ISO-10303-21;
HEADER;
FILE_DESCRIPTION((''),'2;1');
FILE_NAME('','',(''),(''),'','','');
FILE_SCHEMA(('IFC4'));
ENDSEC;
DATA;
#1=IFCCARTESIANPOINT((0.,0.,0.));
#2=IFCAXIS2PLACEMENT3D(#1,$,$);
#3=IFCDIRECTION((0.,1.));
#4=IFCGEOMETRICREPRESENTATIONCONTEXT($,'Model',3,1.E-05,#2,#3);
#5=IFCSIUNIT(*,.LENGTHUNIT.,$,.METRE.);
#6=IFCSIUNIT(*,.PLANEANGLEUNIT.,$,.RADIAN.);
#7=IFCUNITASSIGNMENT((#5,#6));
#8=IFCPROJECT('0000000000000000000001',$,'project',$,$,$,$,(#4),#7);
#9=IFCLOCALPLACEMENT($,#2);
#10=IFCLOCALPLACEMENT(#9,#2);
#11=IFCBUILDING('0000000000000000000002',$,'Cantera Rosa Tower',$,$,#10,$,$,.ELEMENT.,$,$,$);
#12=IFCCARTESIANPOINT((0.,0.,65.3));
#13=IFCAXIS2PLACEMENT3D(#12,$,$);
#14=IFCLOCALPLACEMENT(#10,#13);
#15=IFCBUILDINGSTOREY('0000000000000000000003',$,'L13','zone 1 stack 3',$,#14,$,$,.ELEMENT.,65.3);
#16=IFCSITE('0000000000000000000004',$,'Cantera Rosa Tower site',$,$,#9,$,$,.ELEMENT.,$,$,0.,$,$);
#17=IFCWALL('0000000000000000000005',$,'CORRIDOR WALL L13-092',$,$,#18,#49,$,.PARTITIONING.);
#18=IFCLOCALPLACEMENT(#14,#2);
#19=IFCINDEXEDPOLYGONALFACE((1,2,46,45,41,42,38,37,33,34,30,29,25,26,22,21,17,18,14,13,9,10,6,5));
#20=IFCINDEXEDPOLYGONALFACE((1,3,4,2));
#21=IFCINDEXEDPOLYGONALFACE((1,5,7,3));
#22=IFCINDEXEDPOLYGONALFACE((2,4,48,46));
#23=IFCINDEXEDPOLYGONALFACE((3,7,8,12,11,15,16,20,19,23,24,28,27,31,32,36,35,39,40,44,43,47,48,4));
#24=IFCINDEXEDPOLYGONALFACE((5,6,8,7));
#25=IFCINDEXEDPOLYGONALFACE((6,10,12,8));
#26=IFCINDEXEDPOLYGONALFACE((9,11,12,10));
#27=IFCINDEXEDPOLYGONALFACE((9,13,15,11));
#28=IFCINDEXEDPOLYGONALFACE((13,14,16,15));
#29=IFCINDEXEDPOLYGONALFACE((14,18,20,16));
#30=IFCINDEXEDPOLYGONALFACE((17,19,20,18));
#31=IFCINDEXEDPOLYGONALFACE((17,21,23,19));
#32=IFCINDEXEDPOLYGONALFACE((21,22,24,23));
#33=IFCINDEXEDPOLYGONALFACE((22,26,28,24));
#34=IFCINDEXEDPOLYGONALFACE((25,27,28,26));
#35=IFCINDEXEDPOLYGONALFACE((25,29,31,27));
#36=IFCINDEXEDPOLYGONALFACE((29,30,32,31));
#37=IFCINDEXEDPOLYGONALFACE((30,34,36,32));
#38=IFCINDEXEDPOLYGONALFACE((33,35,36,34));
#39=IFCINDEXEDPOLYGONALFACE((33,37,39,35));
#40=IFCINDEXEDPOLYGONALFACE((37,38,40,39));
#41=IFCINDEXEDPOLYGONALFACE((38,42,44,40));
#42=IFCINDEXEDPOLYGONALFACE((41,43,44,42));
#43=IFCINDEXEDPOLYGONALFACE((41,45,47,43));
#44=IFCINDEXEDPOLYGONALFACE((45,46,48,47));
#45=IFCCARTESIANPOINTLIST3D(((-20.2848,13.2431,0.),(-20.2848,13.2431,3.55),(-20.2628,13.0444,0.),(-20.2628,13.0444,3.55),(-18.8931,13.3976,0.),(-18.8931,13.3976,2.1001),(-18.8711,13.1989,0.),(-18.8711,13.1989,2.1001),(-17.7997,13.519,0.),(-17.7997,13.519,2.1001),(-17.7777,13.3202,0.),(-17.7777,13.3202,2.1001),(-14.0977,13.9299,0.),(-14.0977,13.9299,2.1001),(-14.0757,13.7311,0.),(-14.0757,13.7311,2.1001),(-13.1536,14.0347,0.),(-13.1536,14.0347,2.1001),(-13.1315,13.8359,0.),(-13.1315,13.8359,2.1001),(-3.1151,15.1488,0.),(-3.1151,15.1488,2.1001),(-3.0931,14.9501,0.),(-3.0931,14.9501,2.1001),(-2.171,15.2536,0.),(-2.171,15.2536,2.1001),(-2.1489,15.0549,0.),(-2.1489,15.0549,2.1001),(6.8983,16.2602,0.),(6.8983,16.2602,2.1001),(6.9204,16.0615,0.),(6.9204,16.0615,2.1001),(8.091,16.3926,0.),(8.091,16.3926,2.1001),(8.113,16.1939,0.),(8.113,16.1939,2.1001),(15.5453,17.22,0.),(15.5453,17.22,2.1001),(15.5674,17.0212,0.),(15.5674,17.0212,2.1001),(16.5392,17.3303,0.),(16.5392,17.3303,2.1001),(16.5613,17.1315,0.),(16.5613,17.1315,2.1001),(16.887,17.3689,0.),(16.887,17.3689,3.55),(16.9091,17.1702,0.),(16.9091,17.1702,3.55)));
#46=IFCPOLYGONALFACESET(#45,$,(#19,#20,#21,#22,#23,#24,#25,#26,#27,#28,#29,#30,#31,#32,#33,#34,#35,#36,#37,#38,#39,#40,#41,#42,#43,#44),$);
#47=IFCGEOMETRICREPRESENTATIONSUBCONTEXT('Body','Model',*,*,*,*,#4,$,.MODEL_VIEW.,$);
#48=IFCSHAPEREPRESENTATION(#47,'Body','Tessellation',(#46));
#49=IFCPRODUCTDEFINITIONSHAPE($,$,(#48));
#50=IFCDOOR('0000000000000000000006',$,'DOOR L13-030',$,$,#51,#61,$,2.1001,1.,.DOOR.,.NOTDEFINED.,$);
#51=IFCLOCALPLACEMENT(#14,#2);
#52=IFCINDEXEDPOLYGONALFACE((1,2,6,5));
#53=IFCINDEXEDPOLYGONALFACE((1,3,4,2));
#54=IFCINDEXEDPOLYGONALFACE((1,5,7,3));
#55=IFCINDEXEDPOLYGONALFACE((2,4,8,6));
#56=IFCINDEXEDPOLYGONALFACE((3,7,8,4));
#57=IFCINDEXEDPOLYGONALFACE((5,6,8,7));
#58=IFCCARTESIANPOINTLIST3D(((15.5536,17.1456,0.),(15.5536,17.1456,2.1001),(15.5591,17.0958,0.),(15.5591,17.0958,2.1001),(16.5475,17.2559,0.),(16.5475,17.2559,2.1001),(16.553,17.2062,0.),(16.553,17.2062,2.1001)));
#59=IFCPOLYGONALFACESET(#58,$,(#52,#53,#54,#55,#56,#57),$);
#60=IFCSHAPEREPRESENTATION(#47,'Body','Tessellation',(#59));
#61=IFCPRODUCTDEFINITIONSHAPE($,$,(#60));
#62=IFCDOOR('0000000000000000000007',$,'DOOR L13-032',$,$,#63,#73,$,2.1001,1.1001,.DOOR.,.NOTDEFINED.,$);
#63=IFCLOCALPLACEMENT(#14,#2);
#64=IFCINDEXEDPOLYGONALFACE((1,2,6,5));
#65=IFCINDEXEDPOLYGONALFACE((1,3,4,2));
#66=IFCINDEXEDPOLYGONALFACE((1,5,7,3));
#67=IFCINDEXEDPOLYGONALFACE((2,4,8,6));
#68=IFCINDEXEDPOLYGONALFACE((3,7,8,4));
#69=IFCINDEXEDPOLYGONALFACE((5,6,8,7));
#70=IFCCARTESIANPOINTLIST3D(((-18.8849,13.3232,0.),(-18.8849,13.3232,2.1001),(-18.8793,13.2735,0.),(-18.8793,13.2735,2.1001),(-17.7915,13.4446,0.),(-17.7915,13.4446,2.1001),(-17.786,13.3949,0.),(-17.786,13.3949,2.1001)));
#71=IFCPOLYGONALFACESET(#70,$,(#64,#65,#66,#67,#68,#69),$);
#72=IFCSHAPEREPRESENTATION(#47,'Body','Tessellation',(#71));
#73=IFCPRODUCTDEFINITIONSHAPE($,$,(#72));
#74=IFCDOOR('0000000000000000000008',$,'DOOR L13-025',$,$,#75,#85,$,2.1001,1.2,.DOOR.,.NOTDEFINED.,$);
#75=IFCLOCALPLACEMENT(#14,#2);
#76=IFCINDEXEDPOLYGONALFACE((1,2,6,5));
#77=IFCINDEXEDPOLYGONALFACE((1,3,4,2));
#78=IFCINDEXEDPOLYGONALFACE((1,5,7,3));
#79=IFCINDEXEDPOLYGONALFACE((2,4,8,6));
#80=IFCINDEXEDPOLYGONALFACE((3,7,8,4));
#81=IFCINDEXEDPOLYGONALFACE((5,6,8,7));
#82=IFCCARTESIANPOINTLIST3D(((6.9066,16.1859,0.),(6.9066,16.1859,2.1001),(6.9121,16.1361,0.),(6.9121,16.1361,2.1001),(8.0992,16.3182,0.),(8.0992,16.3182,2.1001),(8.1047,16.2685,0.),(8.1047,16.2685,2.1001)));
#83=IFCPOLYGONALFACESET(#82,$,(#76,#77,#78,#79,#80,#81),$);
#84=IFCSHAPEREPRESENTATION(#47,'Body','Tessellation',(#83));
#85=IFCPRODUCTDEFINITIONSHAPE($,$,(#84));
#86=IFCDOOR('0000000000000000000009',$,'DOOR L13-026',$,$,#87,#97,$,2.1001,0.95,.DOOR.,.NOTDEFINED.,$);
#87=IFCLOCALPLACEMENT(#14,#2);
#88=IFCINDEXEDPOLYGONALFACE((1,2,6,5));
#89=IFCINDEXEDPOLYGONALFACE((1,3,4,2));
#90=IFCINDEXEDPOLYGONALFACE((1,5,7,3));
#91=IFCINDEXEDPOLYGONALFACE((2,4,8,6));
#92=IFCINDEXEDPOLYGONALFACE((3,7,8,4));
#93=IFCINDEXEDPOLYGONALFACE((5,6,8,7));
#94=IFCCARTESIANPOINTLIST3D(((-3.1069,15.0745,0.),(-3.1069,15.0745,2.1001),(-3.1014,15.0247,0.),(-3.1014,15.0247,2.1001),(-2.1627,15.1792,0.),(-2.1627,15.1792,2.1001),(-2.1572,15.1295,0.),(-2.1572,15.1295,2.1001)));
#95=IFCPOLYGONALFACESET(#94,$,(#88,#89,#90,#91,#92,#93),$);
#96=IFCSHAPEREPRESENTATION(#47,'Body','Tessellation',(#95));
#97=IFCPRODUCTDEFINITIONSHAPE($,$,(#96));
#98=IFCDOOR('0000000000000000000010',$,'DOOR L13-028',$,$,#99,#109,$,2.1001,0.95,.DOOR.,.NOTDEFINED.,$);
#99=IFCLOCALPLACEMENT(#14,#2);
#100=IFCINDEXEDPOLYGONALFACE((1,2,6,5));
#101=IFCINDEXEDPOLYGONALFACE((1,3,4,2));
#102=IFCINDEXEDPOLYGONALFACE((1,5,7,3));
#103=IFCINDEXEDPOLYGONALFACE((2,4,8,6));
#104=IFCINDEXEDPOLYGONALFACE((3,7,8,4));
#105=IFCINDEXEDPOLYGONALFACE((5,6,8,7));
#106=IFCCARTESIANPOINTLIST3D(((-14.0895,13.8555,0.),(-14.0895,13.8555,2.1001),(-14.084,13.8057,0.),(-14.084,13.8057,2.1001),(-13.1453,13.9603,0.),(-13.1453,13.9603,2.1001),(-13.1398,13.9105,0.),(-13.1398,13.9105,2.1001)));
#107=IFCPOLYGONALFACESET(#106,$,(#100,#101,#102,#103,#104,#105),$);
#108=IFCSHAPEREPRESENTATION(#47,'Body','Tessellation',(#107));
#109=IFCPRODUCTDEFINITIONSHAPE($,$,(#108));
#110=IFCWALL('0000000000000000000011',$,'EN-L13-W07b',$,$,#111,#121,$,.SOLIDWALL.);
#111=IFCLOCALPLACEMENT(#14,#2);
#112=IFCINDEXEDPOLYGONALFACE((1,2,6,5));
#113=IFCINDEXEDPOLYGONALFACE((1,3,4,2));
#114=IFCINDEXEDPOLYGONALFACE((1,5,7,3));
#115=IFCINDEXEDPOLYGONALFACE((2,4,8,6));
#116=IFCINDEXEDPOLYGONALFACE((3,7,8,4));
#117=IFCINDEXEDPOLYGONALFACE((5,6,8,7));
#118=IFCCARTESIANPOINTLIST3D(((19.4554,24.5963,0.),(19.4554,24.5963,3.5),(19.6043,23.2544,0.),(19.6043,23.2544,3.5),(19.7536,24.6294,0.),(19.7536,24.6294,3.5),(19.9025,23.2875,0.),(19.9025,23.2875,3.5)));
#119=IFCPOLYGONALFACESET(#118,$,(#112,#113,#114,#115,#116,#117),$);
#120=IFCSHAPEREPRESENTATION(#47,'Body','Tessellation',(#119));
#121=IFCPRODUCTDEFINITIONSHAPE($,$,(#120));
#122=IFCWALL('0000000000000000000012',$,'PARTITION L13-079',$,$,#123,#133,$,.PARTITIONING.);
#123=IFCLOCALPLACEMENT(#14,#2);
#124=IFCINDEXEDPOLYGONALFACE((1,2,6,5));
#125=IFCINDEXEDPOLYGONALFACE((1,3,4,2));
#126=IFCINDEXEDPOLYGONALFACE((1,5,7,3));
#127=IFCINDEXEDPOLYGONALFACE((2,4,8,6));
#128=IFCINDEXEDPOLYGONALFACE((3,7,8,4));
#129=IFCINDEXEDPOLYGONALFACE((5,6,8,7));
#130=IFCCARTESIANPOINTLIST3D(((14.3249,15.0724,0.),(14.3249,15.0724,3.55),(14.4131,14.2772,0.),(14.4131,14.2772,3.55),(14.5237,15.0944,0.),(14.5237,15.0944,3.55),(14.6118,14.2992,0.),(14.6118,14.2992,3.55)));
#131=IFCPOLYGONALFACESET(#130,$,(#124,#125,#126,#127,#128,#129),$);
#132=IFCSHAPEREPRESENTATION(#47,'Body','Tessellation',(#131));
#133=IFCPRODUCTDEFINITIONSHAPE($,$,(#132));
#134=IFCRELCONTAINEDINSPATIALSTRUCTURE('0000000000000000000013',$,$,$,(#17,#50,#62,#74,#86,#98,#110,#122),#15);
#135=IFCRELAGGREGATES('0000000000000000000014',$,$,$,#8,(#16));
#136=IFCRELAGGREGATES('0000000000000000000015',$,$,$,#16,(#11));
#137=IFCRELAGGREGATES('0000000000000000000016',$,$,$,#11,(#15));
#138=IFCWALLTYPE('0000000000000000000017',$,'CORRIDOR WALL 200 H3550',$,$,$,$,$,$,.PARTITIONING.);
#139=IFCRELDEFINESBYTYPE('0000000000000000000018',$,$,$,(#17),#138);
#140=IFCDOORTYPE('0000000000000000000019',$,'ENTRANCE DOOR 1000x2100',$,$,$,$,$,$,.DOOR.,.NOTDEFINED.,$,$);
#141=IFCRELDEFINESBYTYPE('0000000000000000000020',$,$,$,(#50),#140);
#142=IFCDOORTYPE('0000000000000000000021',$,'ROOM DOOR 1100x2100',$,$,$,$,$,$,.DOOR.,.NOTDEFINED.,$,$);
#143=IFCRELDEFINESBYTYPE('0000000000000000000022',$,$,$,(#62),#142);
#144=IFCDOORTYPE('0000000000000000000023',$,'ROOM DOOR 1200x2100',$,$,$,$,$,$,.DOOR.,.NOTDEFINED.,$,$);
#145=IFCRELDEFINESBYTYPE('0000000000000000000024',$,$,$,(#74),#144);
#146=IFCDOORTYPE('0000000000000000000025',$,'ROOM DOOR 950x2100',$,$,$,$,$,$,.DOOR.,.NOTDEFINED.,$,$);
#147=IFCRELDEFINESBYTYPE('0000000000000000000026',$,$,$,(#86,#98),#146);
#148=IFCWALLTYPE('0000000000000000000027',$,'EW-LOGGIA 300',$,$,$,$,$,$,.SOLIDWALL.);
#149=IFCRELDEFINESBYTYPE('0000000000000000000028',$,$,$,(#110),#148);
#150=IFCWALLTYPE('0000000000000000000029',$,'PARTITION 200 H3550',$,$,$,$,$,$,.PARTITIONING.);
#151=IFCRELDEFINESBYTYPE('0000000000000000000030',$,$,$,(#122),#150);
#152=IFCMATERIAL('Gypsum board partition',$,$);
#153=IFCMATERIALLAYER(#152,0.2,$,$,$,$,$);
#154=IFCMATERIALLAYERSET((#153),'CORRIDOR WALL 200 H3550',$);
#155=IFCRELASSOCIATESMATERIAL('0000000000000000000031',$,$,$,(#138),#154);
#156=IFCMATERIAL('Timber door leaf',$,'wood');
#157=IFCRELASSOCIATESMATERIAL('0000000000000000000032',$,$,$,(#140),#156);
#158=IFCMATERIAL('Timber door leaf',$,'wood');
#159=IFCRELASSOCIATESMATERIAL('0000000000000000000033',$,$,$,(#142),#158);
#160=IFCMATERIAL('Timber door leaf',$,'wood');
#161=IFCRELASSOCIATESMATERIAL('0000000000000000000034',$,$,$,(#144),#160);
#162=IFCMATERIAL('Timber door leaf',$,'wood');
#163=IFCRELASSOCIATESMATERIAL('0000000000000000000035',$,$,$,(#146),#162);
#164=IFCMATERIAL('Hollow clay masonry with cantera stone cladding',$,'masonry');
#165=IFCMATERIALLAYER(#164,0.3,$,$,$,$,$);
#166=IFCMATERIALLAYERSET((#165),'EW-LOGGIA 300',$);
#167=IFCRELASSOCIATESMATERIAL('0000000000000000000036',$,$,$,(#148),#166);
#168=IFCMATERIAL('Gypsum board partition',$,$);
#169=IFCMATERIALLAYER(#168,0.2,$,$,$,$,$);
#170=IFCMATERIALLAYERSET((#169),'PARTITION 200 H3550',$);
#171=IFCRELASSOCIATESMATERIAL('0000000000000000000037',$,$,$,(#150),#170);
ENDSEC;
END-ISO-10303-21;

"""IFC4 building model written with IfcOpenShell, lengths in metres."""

from ifc_helpers import new_model, si_unit, direction, frame, frame_2d, origin, place, context, subcontext, project, spatial, rectangle, extrude, material, layer, layer_set, type_object, element, fill, save


model = new_model("IFC4")

# Units and contexts
model_context = context("Model", 3, precision=1e-05, world=origin(), true_north=direction((0.0, 1.0)))
body_context = subcontext(model_context, "Body", "Model", "MODEL_VIEW")
ifc_project = project(units=[si_unit("LENGTHUNIT", "METRE"), si_unit("PLANEANGLEUNIT", "RADIAN")], contexts=[model_context])

# Site, building, storey
site_placement = place(None, origin())
site = spatial("IfcSite", under=ifc_project, at=site_placement, Name="Cantera Rosa Tower site", CompositionType="ELEMENT", RefElevation=0.0)
building_placement = place(site_placement, origin())
building = spatial("IfcBuilding", under=site, at=building_placement, Name="Cantera Rosa Tower", CompositionType="ELEMENT")
storey_placement = place(building_placement, frame((0.0, 0.0, 65.3)))
storey = spatial("IfcBuildingStorey", under=building, at=storey_placement, Name="L13", Description="zone 1 stack 3", CompositionType="ELEMENT", Elevation=65.3)

# Wall, openings, doors
ifc_material_1 = material(Name="Gypsum board partition")
ifc_layer_1 = layer(ifc_material_1, 0.2)
ifc_layer_set_1 = layer_set([ifc_layer_1], Name="CORRIDOR WALL 200 H3550")
wall_type_1 = type_object("IfcWallType", Name="CORRIDOR WALL 200 H3550", PredefinedType="PARTITIONING", material=ifc_layer_set_1)
wall_1_placement = place(storey_placement, frame((16.8982, 17.2695, 0.0), z_axis=(0.0, 0.0, 1.0), x_axis=(-0.993897, -0.110313, 0.0)))
wall_1 = element("IfcWall", 1, at=wall_1_placement, inside=storey, type_object=wall_type_1, Name="CORRIDOR WALL L13-092", PredefinedType="PARTITIONING", context=body_context, shape_type="SweptSolid", body=[
    extrude(rectangle(XDim=37.4001, YDim=0.2, at=frame_2d((18.7002, 0.0))), origin(), (0.0, 0.0, 1.0), 3.55),
])
opening_1_placement = place(wall_1_placement, frame((8.8501, 0.0, 0.0)))
opening_1 = element("IfcOpeningElement", 2, at=opening_1_placement, cuts=wall_1, PredefinedType="OPENING", context=body_context, shape_type="SweptSolid", body=[
    extrude(rectangle(XDim=1.2, YDim=2.1001, at=frame_2d((0.6001, 1.05))), frame((0.0, 0.1099, 0.0), z_axis=(0.0, -1.0, 0.0), x_axis=(1.0, 0.0, 0.0)), (0.0, 0.0, 1.0), 0.22),
])
opening_2_placement = place(wall_1_placement, frame((19.175, 0.0, 0.0)))
opening_2 = element("IfcOpeningElement", 3, at=opening_2_placement, cuts=wall_1, PredefinedType="OPENING", context=body_context, shape_type="SweptSolid", body=[
    extrude(rectangle(XDim=0.95, YDim=2.1001, at=frame_2d((0.4751, 1.05))), frame((0.0, 0.1099, 0.0), z_axis=(0.0, -1.0, 0.0), x_axis=(1.0, 0.0, 0.0)), (0.0, 0.0, 1.0), 0.22),
])
opening_3_placement = place(wall_1_placement, frame((30.2251, 0.0, 0.0)))
opening_3 = element("IfcOpeningElement", 4, at=opening_3_placement, cuts=wall_1, PredefinedType="OPENING", context=body_context, shape_type="SweptSolid", body=[
    extrude(rectangle(XDim=0.95, YDim=2.1001, at=frame_2d((0.4751, 1.05))), frame((0.0, 0.1099, 0.0), z_axis=(0.0, -1.0, 0.0), x_axis=(1.0, 0.0, 0.0)), (0.0, 0.0, 1.0), 0.22),
])
opening_4_placement = place(wall_1_placement, frame((0.3501, 0.0, 0.0)))
opening_4 = element("IfcOpeningElement", 5, at=opening_4_placement, cuts=wall_1, PredefinedType="OPENING", context=body_context, shape_type="SweptSolid", body=[
    extrude(rectangle(XDim=1.0, YDim=2.1001, at=frame_2d((0.5, 1.05))), frame((0.0, 0.1099, 0.0), z_axis=(0.0, -1.0, 0.0), x_axis=(1.0, 0.0, 0.0)), (0.0, 0.0, 1.0), 0.22),
])
opening_5_placement = place(wall_1_placement, frame((34.8999, 0.0, 0.0)))
opening_5 = element("IfcOpeningElement", 6, at=opening_5_placement, cuts=wall_1, PredefinedType="OPENING", context=body_context, shape_type="SweptSolid", body=[
    extrude(rectangle(XDim=1.1001, YDim=2.1001, at=frame_2d((0.55, 1.05))), frame((0.0, 0.1099, 0.0), z_axis=(0.0, -1.0, 0.0), x_axis=(1.0, 0.0, 0.0)), (0.0, 0.0, 1.0), 0.22),
])
ifc_material_2 = material(Name="Timber door leaf", Category="wood")
door_type_1 = type_object("IfcDoorType", Name="ENTRANCE DOOR 1000x2100", OperationType="NOTDEFINED", PredefinedType="DOOR", material=ifc_material_2)
door_1_placement = place(opening_4_placement, origin())
door_1 = element("IfcDoor", 7, at=door_1_placement, inside=storey, type_object=door_type_1, Name="DOOR L13-030", OperationType="NOTDEFINED", OverallHeight=2.1001, OverallWidth=1.0, PredefinedType="DOOR", context=body_context, shape_type="SweptSolid", body=[
    extrude(rectangle(XDim=1.0, YDim=2.1001, at=frame_2d((0.5, 1.05))), frame((0.0, 0.0249, 0.0), z_axis=(0.0, -1.0, 0.0), x_axis=(1.0, 0.0, 0.0)), (0.0, 0.0, 1.0), 0.05),
])
fill(opening_4, door_1)
ifc_material_3 = material(Name="Timber door leaf", Category="wood")
door_type_2 = type_object("IfcDoorType", Name="ROOM DOOR 1100x2100", OperationType="NOTDEFINED", PredefinedType="DOOR", material=ifc_material_3)
door_2_placement = place(opening_5_placement, origin())
door_2 = element("IfcDoor", 8, at=door_2_placement, inside=storey, type_object=door_type_2, Name="DOOR L13-032", OperationType="NOTDEFINED", OverallHeight=2.1001, OverallWidth=1.1001, PredefinedType="DOOR", context=body_context, shape_type="SweptSolid", body=[
    extrude(rectangle(XDim=1.1001, YDim=2.1001, at=frame_2d((0.55, 1.05))), frame((0.0, 0.0249, 0.0), z_axis=(0.0, -1.0, 0.0), x_axis=(1.0, 0.0, 0.0)), (0.0, 0.0, 1.0), 0.05),
])
fill(opening_5, door_2)
ifc_material_4 = material(Name="Timber door leaf", Category="wood")
door_type_3 = type_object("IfcDoorType", Name="ROOM DOOR 1200x2100", OperationType="NOTDEFINED", PredefinedType="DOOR", material=ifc_material_4)
door_3_placement = place(opening_1_placement, origin())
door_3 = element("IfcDoor", 9, at=door_3_placement, inside=storey, type_object=door_type_3, Name="DOOR L13-025", OperationType="NOTDEFINED", OverallHeight=2.1001, OverallWidth=1.2, PredefinedType="DOOR", context=body_context, shape_type="SweptSolid", body=[
    extrude(rectangle(XDim=1.2, YDim=2.1001, at=frame_2d((0.6001, 1.05))), frame((0.0, 0.0249, 0.0), z_axis=(0.0, -1.0, 0.0), x_axis=(1.0, 0.0, 0.0)), (0.0, 0.0, 1.0), 0.05),
])
fill(opening_1, door_3)
ifc_material_5 = material(Name="Timber door leaf", Category="wood")
door_type_4 = type_object("IfcDoorType", Name="ROOM DOOR 950x2100", OperationType="NOTDEFINED", PredefinedType="DOOR", material=ifc_material_5)
door_4_placement = place(opening_2_placement, origin())
door_4 = element("IfcDoor", 10, at=door_4_placement, inside=storey, type_object=door_type_4, Name="DOOR L13-026", OperationType="NOTDEFINED", OverallHeight=2.1001, OverallWidth=0.95, PredefinedType="DOOR", context=body_context, shape_type="SweptSolid", body=[
    extrude(rectangle(XDim=0.95, YDim=2.1001, at=frame_2d((0.4751, 1.05))), frame((0.0, 0.0249, 0.0), z_axis=(0.0, -1.0, 0.0), x_axis=(1.0, 0.0, 0.0)), (0.0, 0.0, 1.0), 0.05),
])
fill(opening_2, door_4)
door_5_placement = place(opening_3_placement, origin())
door_5 = element("IfcDoor", 11, at=door_5_placement, inside=storey, type_object=door_type_4, Name="DOOR L13-028", OperationType="NOTDEFINED", OverallHeight=2.1001, OverallWidth=0.95, PredefinedType="DOOR", context=body_context, shape_type="SweptSolid", body=[
    extrude(rectangle(XDim=0.95, YDim=2.1001, at=frame_2d((0.4751, 1.05))), frame((0.0, 0.0249, 0.0), z_axis=(0.0, -1.0, 0.0), x_axis=(1.0, 0.0, 0.0)), (0.0, 0.0, 1.0), 0.05),
])
fill(opening_3, door_5)

# Wall
ifc_material_6 = material(Name="Hollow clay masonry with cantera stone cladding", Category="masonry")
ifc_layer_2 = layer(ifc_material_6, 0.3)
ifc_layer_set_2 = layer_set([ifc_layer_2], Name="EW-LOGGIA 300")
wall_type_2 = type_object("IfcWallType", Name="EW-LOGGIA 300", PredefinedType="SOLIDWALL", material=ifc_layer_set_2)
wall_2_placement = place(storey_placement, frame((19.7534, 23.271, 0.0), z_axis=(0.0, 0.0, 1.0), x_axis=(-0.110312, 0.993897, 0.0)))
element("IfcWall", 12, at=wall_2_placement, inside=storey, type_object=wall_type_2, Name="EN-L13-W07b", PredefinedType="SOLIDWALL", context=body_context, shape_type="SweptSolid", body=[
    extrude(rectangle(XDim=1.3501, YDim=0.3, at=frame_2d((0.675, 0.0))), origin(), (0.0, 0.0, 1.0), 3.5),
])

# Wall
ifc_material_7 = material(Name="Gypsum board partition")
ifc_layer_3 = layer(ifc_material_7, 0.2)
ifc_layer_set_3 = layer_set([ifc_layer_3], Name="PARTITION 200 H3550")
wall_type_3 = type_object("IfcWallType", Name="PARTITION 200 H3550", PredefinedType="PARTITIONING", material=ifc_layer_set_3)
wall_3_placement = place(storey_placement, frame((14.4243, 15.0833, 0.0), z_axis=(0.0, 0.0, 1.0), x_axis=(0.110164, -0.993913, 0.0)))
element("IfcWall", 13, at=wall_3_placement, inside=storey, type_object=wall_type_3, Name="PARTITION L13-079", PredefinedType="PARTITIONING", context=body_context, shape_type="SweptSolid", body=[
    extrude(rectangle(XDim=0.8, YDim=0.2, at=frame_2d((0.3999, 0.0))), origin(), (0.0, 0.0, 1.0), 3.55),
])

save(model, "model.ifc")
